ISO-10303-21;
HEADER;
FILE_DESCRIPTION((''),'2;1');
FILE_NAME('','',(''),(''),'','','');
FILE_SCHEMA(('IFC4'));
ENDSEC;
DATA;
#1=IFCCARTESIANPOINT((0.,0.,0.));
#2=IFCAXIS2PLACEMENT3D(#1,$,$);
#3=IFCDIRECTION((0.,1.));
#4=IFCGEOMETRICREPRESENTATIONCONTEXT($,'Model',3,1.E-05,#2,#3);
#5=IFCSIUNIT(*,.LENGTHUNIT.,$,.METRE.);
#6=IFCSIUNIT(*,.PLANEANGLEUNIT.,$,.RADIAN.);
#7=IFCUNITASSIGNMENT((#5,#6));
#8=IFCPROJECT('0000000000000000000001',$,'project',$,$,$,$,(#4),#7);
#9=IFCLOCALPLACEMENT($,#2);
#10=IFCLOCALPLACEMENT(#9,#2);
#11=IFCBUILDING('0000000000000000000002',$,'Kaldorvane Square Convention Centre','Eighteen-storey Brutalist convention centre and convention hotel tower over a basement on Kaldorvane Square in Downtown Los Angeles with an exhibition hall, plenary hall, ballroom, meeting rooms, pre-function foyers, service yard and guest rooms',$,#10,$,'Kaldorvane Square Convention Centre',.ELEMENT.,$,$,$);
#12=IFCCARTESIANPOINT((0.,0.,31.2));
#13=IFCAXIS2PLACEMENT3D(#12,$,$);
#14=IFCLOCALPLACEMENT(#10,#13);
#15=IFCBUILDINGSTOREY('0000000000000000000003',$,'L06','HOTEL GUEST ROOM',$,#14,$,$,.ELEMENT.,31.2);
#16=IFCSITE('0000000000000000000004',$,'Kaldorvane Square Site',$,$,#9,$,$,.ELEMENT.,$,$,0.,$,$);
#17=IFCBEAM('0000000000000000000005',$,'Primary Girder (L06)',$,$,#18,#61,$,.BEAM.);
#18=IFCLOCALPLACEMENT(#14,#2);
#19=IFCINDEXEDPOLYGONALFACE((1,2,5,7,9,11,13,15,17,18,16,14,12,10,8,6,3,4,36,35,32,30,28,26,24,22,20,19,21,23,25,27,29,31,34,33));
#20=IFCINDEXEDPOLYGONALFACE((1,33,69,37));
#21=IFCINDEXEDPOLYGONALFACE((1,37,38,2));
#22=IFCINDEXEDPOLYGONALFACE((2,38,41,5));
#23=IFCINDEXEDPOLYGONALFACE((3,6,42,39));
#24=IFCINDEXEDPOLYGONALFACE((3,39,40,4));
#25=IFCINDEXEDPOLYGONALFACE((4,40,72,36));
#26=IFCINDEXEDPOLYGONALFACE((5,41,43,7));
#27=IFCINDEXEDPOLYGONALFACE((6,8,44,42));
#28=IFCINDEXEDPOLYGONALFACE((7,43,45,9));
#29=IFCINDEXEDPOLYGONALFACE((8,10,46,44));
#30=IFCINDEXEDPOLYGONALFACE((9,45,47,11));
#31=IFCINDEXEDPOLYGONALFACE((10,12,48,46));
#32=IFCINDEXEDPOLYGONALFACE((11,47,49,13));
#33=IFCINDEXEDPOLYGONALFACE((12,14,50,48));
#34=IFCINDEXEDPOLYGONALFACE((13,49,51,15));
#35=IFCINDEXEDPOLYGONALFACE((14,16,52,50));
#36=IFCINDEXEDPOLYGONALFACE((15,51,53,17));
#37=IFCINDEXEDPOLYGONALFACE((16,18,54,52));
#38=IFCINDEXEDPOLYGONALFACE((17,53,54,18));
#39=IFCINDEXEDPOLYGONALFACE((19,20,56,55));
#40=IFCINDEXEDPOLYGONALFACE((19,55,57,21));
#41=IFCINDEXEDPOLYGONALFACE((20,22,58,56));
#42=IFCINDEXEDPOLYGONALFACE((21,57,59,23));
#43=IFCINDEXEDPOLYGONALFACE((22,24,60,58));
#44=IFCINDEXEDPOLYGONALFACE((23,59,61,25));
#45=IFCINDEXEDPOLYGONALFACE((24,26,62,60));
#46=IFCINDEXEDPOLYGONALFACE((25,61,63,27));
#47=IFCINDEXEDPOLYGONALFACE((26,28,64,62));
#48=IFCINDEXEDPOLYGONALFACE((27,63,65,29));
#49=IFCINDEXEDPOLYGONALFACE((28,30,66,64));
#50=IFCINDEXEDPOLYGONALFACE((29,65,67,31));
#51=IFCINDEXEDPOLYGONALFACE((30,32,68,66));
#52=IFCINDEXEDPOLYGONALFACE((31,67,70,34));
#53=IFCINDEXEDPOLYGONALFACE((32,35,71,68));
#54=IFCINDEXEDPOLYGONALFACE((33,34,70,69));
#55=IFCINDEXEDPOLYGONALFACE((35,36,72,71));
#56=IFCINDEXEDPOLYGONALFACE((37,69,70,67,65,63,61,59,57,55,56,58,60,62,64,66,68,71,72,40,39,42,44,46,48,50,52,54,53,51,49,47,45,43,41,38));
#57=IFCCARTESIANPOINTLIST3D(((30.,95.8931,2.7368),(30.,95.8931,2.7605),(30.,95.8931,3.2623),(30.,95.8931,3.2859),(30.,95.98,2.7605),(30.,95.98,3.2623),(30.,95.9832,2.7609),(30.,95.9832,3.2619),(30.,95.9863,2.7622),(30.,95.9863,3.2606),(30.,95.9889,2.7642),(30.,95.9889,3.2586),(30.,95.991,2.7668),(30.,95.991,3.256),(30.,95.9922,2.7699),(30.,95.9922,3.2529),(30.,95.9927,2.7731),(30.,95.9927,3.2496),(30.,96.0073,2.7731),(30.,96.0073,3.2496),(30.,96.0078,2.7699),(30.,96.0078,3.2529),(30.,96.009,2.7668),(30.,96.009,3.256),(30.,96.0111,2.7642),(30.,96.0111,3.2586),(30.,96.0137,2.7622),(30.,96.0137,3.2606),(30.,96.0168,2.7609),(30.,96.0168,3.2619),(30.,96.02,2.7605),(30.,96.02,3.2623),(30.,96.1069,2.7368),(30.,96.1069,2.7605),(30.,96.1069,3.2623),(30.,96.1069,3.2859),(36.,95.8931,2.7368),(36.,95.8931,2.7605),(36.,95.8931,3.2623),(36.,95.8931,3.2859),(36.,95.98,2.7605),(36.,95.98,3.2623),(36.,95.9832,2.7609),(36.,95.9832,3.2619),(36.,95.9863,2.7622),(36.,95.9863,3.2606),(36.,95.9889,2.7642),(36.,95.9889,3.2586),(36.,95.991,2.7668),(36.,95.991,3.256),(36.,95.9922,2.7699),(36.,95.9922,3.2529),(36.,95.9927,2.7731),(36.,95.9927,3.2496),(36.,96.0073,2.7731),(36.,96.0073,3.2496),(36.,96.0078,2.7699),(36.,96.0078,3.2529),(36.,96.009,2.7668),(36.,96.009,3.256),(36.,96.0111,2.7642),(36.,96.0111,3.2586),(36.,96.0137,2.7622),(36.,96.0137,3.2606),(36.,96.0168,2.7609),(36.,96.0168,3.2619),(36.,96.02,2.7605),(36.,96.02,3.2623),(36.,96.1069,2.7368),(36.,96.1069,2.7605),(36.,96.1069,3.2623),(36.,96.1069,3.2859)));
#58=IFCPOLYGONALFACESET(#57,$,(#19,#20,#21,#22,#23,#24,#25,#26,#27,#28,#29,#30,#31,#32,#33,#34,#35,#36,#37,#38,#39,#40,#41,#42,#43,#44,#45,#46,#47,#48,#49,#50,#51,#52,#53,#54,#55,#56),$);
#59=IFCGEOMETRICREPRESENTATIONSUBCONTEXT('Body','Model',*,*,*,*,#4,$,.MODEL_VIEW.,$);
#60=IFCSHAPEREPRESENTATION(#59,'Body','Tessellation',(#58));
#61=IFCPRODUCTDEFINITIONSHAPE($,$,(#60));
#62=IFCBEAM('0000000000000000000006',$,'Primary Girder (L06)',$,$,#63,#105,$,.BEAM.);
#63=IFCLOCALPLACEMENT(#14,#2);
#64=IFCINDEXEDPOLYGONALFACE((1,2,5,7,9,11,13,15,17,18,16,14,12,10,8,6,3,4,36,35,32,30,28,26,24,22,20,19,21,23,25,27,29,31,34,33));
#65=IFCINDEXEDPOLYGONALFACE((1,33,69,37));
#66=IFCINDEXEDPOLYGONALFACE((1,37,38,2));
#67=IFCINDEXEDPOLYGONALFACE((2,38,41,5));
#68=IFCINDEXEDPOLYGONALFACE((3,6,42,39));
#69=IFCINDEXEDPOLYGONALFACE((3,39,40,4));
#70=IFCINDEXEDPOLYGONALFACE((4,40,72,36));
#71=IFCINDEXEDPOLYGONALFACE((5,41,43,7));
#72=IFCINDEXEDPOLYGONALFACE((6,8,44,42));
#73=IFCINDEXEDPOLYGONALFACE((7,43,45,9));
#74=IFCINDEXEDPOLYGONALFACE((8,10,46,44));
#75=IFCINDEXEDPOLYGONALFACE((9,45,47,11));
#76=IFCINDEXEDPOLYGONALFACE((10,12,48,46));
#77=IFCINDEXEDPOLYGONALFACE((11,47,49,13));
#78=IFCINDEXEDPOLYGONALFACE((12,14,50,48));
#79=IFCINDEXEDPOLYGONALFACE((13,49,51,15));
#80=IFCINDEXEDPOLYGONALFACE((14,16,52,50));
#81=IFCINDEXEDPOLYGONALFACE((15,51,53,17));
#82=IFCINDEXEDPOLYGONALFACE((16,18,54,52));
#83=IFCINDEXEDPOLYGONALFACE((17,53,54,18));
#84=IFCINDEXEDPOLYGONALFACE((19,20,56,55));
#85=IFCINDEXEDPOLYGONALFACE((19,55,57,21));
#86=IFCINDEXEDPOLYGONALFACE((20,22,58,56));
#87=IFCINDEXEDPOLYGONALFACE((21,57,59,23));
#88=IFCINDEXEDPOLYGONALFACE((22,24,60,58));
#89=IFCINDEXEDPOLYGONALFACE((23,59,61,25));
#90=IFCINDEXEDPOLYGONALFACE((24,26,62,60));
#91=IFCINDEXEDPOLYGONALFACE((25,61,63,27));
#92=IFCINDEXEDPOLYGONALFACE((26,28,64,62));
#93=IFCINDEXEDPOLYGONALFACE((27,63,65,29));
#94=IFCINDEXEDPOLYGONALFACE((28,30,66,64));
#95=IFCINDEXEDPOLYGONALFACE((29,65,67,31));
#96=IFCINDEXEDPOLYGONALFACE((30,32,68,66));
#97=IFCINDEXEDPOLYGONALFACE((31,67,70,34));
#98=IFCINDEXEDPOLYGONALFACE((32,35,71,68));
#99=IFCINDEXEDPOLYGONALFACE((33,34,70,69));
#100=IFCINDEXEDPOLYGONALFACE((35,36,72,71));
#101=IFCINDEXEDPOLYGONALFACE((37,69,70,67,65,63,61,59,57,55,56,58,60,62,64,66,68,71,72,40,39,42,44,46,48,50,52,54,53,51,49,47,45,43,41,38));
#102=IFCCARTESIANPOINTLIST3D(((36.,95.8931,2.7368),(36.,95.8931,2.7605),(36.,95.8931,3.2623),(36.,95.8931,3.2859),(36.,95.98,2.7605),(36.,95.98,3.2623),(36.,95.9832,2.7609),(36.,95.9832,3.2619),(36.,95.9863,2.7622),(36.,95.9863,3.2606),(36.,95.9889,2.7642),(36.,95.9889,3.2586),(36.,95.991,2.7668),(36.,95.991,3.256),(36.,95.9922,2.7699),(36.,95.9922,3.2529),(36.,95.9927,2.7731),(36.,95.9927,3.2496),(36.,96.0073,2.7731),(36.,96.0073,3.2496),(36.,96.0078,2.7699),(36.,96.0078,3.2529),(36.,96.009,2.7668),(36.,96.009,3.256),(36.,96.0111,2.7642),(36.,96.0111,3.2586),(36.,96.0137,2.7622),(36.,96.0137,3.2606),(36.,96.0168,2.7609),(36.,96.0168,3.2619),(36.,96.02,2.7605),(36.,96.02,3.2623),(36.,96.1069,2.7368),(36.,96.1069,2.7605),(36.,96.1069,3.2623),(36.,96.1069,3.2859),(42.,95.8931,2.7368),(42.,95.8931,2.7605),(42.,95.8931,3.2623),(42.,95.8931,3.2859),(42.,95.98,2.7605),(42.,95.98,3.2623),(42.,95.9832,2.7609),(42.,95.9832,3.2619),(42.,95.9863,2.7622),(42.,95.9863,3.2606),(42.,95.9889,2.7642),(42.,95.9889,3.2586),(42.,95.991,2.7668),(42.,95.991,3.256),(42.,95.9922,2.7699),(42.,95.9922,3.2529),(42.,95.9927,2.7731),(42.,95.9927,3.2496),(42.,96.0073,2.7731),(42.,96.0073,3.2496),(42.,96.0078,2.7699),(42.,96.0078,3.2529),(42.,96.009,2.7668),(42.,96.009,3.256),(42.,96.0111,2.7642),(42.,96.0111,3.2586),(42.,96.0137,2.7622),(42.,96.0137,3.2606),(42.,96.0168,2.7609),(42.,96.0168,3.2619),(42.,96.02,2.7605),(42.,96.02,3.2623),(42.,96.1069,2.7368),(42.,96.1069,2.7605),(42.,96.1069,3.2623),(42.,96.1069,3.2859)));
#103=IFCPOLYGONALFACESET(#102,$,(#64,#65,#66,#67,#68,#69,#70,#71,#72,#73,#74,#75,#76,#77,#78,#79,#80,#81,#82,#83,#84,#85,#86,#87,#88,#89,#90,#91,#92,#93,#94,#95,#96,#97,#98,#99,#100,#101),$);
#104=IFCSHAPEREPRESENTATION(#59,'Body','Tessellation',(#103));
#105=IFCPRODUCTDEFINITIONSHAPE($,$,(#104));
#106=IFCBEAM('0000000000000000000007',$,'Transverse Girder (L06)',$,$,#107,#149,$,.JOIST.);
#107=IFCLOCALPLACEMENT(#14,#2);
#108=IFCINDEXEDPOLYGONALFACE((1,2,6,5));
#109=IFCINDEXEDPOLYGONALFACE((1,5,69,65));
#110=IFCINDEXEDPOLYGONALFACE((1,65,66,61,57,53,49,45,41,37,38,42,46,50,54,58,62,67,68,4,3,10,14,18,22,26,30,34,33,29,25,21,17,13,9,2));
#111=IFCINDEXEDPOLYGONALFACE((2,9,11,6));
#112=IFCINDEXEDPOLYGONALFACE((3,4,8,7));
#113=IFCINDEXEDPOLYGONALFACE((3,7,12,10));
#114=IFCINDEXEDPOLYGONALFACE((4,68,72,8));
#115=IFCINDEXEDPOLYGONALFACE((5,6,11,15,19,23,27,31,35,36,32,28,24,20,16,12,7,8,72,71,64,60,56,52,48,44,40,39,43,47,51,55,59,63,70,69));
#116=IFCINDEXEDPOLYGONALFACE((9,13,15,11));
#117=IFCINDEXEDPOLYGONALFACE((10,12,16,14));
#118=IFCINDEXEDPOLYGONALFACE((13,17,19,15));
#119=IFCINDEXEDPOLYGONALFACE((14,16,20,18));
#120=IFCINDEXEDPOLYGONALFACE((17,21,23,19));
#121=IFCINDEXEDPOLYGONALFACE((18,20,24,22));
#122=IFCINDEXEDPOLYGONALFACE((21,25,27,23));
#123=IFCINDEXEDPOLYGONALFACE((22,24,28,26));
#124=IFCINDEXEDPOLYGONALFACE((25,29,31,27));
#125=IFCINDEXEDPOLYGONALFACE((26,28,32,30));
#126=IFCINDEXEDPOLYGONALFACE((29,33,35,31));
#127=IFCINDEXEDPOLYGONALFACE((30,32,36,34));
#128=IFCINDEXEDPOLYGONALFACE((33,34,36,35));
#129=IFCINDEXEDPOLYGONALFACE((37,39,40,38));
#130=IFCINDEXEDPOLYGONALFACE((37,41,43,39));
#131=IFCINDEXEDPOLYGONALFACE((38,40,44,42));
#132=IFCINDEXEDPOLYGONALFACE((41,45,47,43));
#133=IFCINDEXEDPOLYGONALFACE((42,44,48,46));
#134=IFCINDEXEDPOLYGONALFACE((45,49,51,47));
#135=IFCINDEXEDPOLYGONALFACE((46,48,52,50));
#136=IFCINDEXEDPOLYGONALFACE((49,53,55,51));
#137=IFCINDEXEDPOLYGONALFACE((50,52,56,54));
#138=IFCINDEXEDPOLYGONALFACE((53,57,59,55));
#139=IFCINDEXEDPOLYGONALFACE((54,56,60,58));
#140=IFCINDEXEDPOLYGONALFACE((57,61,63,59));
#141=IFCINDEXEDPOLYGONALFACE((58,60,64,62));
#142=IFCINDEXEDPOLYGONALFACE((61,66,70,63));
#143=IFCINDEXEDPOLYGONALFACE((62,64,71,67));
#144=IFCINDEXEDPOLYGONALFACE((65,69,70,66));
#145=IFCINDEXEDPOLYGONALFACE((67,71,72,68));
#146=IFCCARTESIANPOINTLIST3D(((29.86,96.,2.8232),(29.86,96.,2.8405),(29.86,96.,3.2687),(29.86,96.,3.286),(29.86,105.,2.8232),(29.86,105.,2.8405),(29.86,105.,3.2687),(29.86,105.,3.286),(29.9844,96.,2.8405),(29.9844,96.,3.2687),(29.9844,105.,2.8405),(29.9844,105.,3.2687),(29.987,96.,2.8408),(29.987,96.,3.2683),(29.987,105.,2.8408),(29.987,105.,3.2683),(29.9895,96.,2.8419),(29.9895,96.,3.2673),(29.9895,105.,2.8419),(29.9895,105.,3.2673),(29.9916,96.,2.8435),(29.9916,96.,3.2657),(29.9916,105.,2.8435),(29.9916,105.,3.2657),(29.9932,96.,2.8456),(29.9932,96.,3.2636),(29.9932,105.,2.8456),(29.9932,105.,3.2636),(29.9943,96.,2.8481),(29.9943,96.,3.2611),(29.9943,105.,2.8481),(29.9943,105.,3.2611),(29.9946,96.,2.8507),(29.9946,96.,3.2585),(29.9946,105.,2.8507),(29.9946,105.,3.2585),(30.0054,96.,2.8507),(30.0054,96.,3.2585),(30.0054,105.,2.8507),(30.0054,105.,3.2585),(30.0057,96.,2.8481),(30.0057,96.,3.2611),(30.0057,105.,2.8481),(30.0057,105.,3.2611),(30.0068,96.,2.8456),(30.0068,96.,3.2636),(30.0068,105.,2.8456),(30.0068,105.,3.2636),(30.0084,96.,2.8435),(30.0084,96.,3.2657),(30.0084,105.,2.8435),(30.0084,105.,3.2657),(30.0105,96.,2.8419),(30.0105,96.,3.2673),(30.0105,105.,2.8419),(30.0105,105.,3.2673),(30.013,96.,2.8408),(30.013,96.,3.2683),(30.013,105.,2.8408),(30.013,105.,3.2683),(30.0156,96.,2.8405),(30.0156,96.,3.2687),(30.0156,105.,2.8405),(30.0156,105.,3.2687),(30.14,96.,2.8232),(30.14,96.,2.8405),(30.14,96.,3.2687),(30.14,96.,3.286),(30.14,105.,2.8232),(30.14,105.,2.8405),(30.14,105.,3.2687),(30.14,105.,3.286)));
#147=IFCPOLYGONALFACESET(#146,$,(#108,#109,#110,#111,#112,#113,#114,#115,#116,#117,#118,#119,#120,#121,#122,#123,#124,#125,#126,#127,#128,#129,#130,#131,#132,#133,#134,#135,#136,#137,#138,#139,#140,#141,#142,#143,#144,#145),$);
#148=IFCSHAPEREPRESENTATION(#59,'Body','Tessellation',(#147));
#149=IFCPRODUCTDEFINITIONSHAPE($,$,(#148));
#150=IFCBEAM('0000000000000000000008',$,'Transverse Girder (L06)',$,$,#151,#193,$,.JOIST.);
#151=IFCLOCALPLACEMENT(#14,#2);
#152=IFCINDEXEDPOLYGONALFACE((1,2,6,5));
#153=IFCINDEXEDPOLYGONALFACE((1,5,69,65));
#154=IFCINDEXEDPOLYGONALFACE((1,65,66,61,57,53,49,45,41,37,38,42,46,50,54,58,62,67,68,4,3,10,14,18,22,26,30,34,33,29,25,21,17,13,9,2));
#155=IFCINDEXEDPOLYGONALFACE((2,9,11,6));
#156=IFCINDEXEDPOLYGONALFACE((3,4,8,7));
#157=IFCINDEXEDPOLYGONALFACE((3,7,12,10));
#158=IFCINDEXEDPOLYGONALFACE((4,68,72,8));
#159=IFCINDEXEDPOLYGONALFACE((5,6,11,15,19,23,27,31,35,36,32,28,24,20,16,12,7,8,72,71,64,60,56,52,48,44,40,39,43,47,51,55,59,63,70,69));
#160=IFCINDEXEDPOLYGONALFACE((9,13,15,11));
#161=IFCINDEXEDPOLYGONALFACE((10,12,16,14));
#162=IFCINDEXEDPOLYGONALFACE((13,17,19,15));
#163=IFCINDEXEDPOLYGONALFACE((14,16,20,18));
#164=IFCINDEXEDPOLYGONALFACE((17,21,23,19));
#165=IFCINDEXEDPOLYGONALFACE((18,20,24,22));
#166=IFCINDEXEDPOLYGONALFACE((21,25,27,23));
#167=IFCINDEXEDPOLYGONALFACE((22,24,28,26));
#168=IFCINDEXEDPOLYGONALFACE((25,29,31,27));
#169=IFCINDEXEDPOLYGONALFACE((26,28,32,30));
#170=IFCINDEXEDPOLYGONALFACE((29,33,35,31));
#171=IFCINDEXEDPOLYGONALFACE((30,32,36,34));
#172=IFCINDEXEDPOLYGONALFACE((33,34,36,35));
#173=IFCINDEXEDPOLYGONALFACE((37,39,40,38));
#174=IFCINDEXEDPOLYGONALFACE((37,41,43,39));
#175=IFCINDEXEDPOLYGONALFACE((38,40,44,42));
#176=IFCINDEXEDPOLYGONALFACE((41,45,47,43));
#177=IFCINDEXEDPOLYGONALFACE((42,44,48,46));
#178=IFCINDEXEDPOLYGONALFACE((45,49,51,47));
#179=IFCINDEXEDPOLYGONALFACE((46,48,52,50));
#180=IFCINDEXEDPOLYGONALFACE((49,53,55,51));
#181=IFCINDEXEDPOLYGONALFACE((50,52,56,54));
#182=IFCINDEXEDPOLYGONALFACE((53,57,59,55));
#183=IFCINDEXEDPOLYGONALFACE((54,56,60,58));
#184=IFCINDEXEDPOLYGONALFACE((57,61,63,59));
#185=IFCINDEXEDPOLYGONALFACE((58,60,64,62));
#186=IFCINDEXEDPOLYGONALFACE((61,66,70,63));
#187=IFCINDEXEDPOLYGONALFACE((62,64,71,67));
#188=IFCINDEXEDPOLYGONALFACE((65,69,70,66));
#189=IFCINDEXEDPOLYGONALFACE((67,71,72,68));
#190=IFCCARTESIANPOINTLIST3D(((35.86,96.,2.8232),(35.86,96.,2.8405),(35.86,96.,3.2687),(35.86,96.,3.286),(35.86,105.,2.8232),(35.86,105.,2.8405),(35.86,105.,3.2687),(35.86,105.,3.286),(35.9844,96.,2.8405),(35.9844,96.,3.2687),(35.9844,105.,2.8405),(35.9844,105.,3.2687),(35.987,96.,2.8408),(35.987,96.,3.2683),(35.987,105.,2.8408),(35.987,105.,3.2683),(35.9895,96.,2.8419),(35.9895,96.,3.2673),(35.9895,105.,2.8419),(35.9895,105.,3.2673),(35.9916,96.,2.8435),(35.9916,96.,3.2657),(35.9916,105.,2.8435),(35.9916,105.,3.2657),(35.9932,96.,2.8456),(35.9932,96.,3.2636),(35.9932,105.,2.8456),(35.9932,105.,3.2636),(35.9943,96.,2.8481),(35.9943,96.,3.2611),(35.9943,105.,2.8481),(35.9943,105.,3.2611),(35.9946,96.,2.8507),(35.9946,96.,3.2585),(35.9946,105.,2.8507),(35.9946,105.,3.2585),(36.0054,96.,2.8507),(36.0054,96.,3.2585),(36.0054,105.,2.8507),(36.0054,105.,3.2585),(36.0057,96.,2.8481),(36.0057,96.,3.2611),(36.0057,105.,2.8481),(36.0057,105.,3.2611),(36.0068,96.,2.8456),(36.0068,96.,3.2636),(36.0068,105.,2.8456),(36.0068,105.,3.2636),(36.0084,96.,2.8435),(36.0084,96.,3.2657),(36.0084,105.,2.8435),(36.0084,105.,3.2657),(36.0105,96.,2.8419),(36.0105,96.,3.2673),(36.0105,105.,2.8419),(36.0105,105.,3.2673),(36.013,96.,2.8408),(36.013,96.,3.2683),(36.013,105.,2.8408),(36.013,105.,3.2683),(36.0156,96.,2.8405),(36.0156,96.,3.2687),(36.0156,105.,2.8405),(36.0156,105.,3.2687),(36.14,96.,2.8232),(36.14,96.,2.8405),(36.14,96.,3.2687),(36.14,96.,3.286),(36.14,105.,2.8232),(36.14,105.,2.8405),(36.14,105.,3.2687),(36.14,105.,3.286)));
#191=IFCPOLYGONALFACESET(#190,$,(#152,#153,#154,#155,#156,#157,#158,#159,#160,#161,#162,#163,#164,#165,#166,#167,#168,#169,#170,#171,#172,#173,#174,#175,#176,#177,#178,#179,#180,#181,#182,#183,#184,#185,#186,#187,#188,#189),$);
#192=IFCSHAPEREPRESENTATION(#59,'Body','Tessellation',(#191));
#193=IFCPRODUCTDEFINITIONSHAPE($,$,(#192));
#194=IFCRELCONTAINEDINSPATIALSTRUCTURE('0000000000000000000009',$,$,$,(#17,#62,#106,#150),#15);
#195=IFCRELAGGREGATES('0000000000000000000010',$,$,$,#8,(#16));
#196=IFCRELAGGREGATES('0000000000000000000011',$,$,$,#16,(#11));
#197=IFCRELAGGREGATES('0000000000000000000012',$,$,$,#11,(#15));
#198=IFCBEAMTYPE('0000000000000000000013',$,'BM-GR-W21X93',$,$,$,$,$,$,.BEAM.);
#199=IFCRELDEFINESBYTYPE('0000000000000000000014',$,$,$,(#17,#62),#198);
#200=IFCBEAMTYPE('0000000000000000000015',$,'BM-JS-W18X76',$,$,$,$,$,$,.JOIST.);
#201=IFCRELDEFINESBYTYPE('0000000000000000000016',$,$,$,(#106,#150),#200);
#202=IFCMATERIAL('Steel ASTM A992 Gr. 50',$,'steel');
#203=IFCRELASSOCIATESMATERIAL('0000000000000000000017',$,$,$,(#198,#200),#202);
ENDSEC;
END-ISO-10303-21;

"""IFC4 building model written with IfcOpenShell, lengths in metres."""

from ifc_helpers import new_model, si_unit, direction, frame, origin, origin_2d, place, context, subcontext, project, spatial, i_section, extrude, material, material_profile, profile_set, type_object, element, save


model = new_model("IFC4")

# Units and contexts
model_context = context("Model", 3, precision=1e-05, world=origin(), true_north=direction((0.0, 1.0)))
body_context = subcontext(model_context, "Body", "Model", "MODEL_VIEW")
ifc_project = project(units=[si_unit("LENGTHUNIT", "METRE"), si_unit("PLANEANGLEUNIT", "RADIAN")], contexts=[model_context])

# Site, building, storey
site_placement = place(None, origin())
site = spatial("IfcSite", under=ifc_project, at=site_placement, Name="Kaldorvane Square Site", CompositionType="ELEMENT", RefElevation=0.0)
building_placement = place(site_placement, origin())
building = spatial("IfcBuilding", under=site, at=building_placement, Name="Kaldorvane Square Convention Centre", Description="Eighteen-storey Brutalist convention centre and convention hotel tower over a basement on Kaldorvane Square in Downtown Los Angeles with an exhibition hall, plenary hall, ballroom, meeting rooms, pre-function foyers, service yard and guest rooms", LongName="Kaldorvane Square Convention Centre", CompositionType="ELEMENT")
storey_placement = place(building_placement, frame((0.0, 0.0, 31.2)))
storey = spatial("IfcBuildingStorey", under=building, at=storey_placement, Name="L06", Description="HOTEL GUEST ROOM", CompositionType="ELEMENT", Elevation=31.2)

# Shared definitions
ifc_material_1 = material(Name="Steel ASTM A992 Gr. 50", Category="steel")

# Beams
ifc_material_profile_1 = material_profile(ifc_material_1, i_section(OverallWidth=0.2139, OverallDepth=0.5491, WebThickness=0.0147, FlangeThickness=0.0236, FilletRadius=0.0127, at=origin_2d()), Name="W21X93")
ifc_profile_set_1 = profile_set([ifc_material_profile_1], Name="Steel ASTM A992 Gr. 50")
beam_type_1 = type_object("IfcBeamType", Name="BM-GR-W21X93", PredefinedType="BEAM", material=ifc_profile_set_1)
for number, where, z_axis, x_axis, name in (
    (1, (30.0, 96.0, 3.0114), (1.0, 0.0, 0.0), (0.0, 1.0, 0.0), "Primary Girder (L06)"),
    (2, (36.0, 96.0, 3.0114), (1.0, 0.0, 0.0), (0.0, 1.0, 0.0), "Primary Girder (L06)"),
):
    element("IfcBeam", number, at=place(storey_placement, frame(where, z_axis=z_axis, x_axis=x_axis)), inside=storey, type_object=beam_type_1, Name=name, PredefinedType="BEAM", context=body_context, shape_type="SweptSolid", body=[
        extrude(i_section(OverallWidth=0.2139, OverallDepth=0.5491, WebThickness=0.0147, FlangeThickness=0.0236, FilletRadius=0.0127, at=origin_2d()), origin(), (0.0, 0.0, 1.0), 6.0),
    ])
ifc_material_profile_2 = material_profile(ifc_material_1, i_section(OverallWidth=0.2799, OverallDepth=0.4628, WebThickness=0.0108, FlangeThickness=0.0173, FilletRadius=0.0102, at=origin_2d()), Name="W18X76")
ifc_profile_set_2 = profile_set([ifc_material_profile_2], Name="Steel ASTM A992 Gr. 50")
beam_type_2 = type_object("IfcBeamType", Name="BM-JS-W18X76", PredefinedType="JOIST", material=ifc_profile_set_2)
for number, where, z_axis, x_axis, name in (
    (3, (30.0, 96.0, 3.0546), (0.0, 1.0, 0.0), (-1.0, 0.0, 0.0), "Transverse Girder (L06)"),
    (4, (36.0, 96.0, 3.0546), (0.0, 1.0, 0.0), (-1.0, 0.0, 0.0), "Transverse Girder (L06)"),
):
    element("IfcBeam", number, at=place(storey_placement, frame(where, z_axis=z_axis, x_axis=x_axis)), inside=storey, type_object=beam_type_2, Name=name, PredefinedType="JOIST", context=body_context, shape_type="SweptSolid", body=[
        extrude(i_section(OverallWidth=0.2799, OverallDepth=0.4628, WebThickness=0.0108, FlangeThickness=0.0173, FilletRadius=0.0102, at=origin_2d()), origin(), (0.0, 0.0, 1.0), 9.0),
    ])

save(model, "model.ifc")
